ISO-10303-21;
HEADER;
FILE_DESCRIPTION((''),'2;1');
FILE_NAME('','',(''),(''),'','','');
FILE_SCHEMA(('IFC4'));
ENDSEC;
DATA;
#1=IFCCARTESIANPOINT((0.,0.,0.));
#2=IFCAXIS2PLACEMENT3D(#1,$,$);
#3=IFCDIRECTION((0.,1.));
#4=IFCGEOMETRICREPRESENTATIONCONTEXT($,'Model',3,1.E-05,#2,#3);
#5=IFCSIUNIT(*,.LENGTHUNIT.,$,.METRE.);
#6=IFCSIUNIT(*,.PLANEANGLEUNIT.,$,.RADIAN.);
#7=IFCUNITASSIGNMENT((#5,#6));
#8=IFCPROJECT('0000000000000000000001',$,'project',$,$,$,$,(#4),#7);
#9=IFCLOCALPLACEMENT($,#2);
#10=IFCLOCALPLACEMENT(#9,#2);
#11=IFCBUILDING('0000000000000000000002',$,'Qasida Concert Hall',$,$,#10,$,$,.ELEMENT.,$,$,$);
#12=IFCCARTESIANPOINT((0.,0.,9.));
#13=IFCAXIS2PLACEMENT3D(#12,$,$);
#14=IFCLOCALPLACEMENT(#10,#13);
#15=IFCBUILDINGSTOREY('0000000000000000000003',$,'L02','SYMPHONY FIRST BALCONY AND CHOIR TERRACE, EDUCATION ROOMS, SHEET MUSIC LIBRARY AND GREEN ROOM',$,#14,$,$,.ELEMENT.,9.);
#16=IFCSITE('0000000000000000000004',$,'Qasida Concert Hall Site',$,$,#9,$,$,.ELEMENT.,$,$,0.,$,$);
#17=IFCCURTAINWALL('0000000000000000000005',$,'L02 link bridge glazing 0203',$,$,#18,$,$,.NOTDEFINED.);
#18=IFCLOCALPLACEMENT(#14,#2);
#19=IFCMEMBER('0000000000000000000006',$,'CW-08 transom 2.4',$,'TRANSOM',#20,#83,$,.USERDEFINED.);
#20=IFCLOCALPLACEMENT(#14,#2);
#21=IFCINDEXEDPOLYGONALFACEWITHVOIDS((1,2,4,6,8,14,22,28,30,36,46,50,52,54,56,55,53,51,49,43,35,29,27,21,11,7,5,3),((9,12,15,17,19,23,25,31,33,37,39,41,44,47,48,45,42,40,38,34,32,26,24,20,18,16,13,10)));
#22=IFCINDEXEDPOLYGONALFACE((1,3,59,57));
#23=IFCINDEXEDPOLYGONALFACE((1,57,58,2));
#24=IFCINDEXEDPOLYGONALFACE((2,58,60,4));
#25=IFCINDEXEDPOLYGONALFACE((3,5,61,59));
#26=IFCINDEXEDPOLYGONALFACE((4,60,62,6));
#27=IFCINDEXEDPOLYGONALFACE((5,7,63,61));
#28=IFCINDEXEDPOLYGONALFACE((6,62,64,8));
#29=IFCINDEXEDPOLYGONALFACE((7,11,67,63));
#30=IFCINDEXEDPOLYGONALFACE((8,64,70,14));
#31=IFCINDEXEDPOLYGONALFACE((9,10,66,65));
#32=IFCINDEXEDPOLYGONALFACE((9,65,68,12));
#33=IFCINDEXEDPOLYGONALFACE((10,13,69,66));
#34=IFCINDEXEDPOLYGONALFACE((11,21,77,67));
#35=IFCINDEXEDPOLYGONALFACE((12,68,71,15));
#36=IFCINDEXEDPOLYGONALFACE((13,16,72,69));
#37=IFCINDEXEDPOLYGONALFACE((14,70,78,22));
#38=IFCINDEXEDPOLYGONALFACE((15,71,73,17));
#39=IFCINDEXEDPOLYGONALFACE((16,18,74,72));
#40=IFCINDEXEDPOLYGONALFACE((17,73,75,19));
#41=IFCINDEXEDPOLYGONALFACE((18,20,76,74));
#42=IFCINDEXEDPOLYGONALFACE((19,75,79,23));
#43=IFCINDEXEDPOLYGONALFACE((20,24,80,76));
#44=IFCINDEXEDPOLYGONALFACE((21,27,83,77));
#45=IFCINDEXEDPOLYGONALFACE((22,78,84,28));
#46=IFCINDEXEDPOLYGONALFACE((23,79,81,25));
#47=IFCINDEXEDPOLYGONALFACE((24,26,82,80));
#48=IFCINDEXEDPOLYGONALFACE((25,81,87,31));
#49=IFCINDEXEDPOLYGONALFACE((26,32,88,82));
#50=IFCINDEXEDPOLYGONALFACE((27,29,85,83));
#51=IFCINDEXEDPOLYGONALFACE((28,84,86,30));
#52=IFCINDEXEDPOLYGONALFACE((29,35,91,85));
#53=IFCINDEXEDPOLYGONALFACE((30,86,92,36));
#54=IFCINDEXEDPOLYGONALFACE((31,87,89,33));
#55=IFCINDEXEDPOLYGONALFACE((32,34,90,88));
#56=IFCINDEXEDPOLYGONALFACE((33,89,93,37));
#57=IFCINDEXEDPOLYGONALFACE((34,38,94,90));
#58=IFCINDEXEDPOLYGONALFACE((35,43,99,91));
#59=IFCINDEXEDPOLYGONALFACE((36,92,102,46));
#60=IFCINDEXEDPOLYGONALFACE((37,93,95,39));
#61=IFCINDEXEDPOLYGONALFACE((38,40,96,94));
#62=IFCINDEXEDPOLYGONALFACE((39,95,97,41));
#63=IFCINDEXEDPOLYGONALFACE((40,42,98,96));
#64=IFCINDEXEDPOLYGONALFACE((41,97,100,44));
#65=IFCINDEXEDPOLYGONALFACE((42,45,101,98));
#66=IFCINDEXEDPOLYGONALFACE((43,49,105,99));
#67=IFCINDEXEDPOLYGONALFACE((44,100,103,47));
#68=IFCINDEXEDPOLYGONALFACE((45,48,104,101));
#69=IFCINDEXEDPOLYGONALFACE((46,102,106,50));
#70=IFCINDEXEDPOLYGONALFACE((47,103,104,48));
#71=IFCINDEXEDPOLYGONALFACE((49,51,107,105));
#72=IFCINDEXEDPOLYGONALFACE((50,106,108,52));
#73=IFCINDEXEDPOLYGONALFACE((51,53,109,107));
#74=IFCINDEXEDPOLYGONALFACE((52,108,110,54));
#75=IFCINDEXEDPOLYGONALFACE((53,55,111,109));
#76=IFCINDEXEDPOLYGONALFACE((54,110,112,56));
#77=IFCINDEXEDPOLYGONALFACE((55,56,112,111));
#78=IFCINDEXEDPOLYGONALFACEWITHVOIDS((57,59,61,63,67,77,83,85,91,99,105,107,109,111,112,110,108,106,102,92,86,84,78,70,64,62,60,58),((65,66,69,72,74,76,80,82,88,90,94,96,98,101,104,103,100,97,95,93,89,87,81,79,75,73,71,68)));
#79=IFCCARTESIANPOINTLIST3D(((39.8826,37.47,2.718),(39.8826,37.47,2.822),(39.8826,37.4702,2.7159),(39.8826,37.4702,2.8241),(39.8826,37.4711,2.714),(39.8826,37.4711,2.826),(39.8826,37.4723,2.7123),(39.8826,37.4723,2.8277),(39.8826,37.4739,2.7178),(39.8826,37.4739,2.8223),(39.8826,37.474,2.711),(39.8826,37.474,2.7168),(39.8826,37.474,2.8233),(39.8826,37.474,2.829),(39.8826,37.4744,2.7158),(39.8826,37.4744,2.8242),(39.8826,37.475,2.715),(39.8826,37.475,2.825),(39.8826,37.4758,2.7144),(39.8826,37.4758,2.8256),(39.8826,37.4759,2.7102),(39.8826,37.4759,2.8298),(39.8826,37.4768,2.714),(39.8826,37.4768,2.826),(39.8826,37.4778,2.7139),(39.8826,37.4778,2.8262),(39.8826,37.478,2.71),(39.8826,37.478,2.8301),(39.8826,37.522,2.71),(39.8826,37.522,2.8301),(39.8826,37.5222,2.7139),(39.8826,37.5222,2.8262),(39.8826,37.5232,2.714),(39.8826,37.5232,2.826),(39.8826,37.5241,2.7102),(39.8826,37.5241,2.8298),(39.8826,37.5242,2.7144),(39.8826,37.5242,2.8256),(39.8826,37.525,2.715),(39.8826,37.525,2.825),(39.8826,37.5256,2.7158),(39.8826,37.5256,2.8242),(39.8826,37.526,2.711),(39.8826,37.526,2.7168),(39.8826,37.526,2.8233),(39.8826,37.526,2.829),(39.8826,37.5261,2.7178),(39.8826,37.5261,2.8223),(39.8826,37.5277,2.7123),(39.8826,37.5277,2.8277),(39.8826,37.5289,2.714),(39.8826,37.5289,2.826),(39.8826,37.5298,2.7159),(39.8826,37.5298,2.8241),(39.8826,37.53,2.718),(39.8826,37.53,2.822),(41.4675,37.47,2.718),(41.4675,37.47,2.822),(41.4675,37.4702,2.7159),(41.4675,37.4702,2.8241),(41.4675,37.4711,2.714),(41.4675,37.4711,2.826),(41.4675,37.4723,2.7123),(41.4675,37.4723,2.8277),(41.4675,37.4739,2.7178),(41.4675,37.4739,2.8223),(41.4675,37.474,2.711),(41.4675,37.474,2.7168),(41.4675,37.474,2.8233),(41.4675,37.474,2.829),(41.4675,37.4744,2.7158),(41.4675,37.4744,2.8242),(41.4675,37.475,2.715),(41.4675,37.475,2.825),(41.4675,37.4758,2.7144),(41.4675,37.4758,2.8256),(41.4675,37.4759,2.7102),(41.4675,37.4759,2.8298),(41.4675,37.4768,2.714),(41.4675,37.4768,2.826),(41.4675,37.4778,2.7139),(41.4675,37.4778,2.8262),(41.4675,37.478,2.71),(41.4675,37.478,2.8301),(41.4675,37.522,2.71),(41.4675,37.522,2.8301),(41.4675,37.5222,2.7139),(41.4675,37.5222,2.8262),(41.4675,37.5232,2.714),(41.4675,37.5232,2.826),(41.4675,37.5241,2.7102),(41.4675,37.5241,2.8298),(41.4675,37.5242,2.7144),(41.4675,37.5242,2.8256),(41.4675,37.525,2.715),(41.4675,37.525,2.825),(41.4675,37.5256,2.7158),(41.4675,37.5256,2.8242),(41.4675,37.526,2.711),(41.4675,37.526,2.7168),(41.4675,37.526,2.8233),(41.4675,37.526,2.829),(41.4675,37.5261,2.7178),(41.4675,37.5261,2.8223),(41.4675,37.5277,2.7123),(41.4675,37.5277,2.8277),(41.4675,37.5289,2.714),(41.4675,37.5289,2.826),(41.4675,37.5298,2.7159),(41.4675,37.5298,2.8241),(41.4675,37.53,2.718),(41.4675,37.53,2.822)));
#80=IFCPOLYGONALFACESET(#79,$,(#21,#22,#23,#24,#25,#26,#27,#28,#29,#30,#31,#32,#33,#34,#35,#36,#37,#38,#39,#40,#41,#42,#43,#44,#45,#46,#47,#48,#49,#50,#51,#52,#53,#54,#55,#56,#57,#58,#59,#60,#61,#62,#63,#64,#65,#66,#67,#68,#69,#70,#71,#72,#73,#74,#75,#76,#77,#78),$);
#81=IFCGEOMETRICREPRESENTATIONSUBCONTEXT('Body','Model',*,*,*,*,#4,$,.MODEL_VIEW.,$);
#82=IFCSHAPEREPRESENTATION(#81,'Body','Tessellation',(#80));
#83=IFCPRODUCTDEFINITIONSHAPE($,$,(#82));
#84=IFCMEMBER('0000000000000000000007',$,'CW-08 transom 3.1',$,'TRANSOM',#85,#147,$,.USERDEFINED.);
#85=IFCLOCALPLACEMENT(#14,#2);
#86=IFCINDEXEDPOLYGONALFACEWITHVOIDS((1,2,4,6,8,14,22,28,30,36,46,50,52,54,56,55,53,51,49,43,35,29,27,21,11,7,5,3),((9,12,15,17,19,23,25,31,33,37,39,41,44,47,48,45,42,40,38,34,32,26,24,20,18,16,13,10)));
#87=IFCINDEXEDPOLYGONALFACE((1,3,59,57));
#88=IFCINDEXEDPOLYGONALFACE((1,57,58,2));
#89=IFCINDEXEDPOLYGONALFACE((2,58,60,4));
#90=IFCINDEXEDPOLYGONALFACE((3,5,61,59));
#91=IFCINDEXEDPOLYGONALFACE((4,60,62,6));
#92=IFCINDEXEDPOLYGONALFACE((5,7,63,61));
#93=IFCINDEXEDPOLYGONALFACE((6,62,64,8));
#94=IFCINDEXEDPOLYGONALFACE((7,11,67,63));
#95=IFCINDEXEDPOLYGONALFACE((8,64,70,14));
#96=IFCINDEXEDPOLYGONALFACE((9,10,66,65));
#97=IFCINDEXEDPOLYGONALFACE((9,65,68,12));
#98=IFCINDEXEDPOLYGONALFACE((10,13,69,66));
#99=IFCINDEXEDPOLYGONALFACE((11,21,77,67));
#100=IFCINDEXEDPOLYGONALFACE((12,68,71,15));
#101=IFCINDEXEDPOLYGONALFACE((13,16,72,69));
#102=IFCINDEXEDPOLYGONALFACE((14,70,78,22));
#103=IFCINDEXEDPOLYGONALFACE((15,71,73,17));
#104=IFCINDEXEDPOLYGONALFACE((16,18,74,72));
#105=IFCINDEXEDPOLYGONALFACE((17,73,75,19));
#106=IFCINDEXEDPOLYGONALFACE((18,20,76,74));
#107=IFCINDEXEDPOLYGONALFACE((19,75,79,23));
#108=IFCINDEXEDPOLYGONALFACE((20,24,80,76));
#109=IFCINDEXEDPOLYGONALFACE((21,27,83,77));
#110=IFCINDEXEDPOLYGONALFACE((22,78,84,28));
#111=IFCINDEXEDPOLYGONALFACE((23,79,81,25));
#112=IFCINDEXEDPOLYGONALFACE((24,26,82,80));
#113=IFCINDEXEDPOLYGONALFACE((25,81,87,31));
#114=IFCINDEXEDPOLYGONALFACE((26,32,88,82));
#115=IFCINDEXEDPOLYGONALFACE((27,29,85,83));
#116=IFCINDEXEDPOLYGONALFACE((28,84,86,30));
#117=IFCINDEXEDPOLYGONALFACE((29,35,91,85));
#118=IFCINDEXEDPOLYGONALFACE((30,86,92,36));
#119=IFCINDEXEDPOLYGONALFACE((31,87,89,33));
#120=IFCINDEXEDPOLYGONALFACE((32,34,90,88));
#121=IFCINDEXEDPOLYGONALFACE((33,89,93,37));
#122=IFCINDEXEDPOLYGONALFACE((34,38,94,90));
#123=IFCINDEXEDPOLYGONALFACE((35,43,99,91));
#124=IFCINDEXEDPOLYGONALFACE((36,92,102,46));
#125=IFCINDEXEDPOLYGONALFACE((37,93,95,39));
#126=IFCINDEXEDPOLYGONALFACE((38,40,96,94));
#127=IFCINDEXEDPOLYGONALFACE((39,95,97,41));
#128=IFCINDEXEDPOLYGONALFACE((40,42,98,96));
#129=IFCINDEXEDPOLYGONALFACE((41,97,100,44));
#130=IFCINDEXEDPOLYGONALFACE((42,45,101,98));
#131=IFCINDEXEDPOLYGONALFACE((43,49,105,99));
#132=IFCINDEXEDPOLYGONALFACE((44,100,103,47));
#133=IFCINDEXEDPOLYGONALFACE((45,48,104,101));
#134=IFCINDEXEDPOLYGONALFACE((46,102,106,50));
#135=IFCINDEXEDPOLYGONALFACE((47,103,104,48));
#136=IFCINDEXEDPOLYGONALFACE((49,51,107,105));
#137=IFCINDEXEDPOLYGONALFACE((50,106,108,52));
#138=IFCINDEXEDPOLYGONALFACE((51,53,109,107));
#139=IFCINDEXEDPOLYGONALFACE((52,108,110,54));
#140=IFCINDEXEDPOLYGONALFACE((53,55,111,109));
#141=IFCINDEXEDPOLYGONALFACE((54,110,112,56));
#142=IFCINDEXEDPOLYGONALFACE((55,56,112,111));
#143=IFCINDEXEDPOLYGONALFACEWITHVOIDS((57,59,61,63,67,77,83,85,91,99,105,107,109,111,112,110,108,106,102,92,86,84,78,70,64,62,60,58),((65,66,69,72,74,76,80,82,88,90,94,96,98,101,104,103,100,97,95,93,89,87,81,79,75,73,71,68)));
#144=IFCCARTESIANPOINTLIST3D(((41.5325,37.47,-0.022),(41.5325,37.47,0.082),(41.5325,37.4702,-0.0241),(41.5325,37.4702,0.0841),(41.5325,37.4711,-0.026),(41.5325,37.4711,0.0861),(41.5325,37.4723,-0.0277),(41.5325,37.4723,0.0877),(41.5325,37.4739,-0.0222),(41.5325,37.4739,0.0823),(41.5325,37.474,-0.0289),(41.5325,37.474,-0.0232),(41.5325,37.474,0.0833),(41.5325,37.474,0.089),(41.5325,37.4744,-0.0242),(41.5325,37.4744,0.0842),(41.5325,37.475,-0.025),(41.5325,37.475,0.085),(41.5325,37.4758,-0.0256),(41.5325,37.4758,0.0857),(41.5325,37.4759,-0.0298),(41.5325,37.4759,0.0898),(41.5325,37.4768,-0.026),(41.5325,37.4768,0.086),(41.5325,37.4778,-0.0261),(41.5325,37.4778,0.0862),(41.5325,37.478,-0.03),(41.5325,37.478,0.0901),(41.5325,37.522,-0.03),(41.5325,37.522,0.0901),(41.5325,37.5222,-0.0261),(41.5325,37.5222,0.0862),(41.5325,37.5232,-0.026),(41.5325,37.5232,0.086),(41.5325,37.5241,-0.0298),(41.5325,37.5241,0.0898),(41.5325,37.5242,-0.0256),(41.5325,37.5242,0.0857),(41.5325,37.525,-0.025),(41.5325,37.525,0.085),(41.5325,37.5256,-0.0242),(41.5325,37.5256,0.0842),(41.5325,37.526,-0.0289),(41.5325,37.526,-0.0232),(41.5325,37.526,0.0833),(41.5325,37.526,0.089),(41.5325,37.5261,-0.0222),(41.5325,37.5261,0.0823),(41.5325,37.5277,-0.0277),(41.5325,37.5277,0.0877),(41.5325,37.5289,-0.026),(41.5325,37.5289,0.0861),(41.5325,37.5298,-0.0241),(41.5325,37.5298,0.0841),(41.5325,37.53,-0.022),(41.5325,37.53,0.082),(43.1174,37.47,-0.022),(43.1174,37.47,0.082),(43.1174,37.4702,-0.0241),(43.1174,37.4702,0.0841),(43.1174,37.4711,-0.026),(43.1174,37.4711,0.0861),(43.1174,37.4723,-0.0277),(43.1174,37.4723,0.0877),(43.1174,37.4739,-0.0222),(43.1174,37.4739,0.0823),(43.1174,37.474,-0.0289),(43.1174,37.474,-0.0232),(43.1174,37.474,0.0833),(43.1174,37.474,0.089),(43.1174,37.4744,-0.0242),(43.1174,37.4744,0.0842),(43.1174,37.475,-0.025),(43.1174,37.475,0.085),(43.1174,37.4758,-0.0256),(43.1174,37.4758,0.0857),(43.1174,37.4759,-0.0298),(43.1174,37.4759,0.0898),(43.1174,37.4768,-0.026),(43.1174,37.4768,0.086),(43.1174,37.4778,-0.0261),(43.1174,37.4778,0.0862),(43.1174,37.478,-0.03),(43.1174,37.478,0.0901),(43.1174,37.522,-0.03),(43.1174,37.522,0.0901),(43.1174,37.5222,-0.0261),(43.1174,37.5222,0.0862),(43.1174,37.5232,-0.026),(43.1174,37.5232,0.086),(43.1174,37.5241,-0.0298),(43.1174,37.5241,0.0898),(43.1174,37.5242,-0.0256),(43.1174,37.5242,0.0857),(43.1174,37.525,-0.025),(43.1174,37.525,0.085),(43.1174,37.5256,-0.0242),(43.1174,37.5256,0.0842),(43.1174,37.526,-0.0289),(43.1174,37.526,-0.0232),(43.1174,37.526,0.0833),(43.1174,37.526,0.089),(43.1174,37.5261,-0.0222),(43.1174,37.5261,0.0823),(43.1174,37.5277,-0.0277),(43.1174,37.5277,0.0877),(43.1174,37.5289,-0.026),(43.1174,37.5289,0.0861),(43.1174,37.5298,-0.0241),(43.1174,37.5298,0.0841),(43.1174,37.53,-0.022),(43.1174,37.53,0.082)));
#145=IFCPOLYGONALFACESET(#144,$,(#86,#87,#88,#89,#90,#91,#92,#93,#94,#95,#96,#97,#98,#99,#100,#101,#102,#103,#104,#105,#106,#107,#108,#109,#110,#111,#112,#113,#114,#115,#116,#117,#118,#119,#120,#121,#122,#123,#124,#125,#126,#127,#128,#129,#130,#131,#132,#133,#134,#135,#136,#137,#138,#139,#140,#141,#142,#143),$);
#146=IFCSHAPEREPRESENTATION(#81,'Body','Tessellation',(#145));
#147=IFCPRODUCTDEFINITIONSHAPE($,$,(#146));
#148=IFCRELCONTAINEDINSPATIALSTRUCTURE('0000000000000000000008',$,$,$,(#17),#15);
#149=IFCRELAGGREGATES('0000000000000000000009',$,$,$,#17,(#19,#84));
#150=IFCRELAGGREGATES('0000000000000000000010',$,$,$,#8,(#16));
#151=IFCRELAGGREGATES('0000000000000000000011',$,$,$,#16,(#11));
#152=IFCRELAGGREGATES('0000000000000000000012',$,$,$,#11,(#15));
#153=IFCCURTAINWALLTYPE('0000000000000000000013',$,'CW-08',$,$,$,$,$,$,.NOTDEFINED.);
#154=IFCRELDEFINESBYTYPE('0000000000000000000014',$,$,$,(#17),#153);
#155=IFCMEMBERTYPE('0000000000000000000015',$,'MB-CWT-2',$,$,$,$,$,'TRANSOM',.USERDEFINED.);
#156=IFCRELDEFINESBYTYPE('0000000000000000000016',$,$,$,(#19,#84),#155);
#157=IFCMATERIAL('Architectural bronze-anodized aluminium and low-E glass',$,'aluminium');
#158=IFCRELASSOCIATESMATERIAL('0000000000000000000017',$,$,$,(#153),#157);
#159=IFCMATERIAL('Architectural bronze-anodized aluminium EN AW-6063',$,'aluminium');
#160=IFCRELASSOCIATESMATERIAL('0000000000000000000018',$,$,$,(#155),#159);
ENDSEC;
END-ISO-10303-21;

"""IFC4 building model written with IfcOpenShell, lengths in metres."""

from ifc_helpers import new_model, si_unit, direction, frame, origin, origin_2d, place, context, subcontext, project, spatial, hollow_rectangle, extrude, material, material_profile, profile_set, type_object, element, aggregate, save


model = new_model("IFC4")

# Units and contexts
model_context = context("Model", 3, precision=1e-05, world=origin(), true_north=direction((0.0, 1.0)))
body_context = subcontext(model_context, "Body", "Model", "MODEL_VIEW")
ifc_project = project(units=[si_unit("LENGTHUNIT", "METRE"), si_unit("PLANEANGLEUNIT", "RADIAN")], contexts=[model_context])

# Site, building, storey
site_placement = place(None, origin())
site = spatial("IfcSite", under=ifc_project, at=site_placement, Name="Qasida Concert Hall Site", CompositionType="ELEMENT", RefElevation=0.0)
building_placement = place(site_placement, origin())
building = spatial("IfcBuilding", under=site, at=building_placement, Name="Qasida Concert Hall", CompositionType="ELEMENT")
storey_placement = place(building_placement, frame((0.0, 0.0, 9.0)))
storey = spatial("IfcBuildingStorey", under=building, at=storey_placement, Name="L02", Description="SYMPHONY FIRST BALCONY AND CHOIR TERRACE, EDUCATION ROOMS, SHEET MUSIC LIBRARY AND GREEN ROOM", CompositionType="ELEMENT", Elevation=9.0)

# Curtain wall, members
ifc_material_1 = material(Name="Architectural bronze-anodized aluminium and low-E glass", Category="aluminium")
curtain_wall_type = type_object("IfcCurtainWallType", Name="CW-08", PredefinedType="NOTDEFINED", material=ifc_material_1)
curtain_wall_placement = place(storey_placement, origin())
curtain_wall = element("IfcCurtainWall", 1, at=curtain_wall_placement, inside=storey, type_object=curtain_wall_type, Name="L02 link bridge glazing 0203", PredefinedType="NOTDEFINED")
ifc_material_2 = material(Name="Architectural bronze-anodized aluminium EN AW-6063", Category="aluminium")
ifc_material_profile_1 = material_profile(ifc_material_2, hollow_rectangle(XDim=0.0601, YDim=0.1201, WallThickness=0.0039, InnerFilletRadius=0.0039, OuterFilletRadius=0.0081, at=origin_2d()), Name="CWT 120x60x4")
ifc_profile_set_1 = profile_set([ifc_material_profile_1], Name="Architectural bronze-anodized aluminium EN AW-6063")
member_type_1 = type_object("IfcMemberType", Name="MB-CWT-2", ElementType="TRANSOM", PredefinedType="USERDEFINED", material=ifc_profile_set_1)
member_1_placement = place(storey_placement, frame((39.8826, 37.5, 2.77), z_axis=(1.0, 0.0, 0.0), x_axis=(0.0, 1.0, 0.0)))
member_1 = element("IfcMember", 2, at=member_1_placement, type_object=member_type_1, Name="CW-08 transom 2.4", ObjectType="TRANSOM", PredefinedType="USERDEFINED", context=body_context, shape_type="SweptSolid", body=[
    extrude(hollow_rectangle(XDim=0.0601, YDim=0.1201, WallThickness=0.0039, InnerFilletRadius=0.0039, OuterFilletRadius=0.0081, at=origin_2d()), origin(), (0.0, 0.0, 1.0), 1.585),
])
member_2_placement = place(storey_placement, frame((41.5325, 37.5, 0.03), z_axis=(1.0, 0.0, 0.0), x_axis=(0.0, 1.0, 0.0)))
member_2 = element("IfcMember", 3, at=member_2_placement, type_object=member_type_1, Name="CW-08 transom 3.1", ObjectType="TRANSOM", PredefinedType="USERDEFINED", context=body_context, shape_type="SweptSolid", body=[
    extrude(hollow_rectangle(XDim=0.0601, YDim=0.1201, WallThickness=0.0039, InnerFilletRadius=0.0039, OuterFilletRadius=0.0081, at=origin_2d()), origin(), (0.0, 0.0, 1.0), 1.585),
])
aggregate(curtain_wall, [member_1, member_2])

save(model, "model.ifc")
